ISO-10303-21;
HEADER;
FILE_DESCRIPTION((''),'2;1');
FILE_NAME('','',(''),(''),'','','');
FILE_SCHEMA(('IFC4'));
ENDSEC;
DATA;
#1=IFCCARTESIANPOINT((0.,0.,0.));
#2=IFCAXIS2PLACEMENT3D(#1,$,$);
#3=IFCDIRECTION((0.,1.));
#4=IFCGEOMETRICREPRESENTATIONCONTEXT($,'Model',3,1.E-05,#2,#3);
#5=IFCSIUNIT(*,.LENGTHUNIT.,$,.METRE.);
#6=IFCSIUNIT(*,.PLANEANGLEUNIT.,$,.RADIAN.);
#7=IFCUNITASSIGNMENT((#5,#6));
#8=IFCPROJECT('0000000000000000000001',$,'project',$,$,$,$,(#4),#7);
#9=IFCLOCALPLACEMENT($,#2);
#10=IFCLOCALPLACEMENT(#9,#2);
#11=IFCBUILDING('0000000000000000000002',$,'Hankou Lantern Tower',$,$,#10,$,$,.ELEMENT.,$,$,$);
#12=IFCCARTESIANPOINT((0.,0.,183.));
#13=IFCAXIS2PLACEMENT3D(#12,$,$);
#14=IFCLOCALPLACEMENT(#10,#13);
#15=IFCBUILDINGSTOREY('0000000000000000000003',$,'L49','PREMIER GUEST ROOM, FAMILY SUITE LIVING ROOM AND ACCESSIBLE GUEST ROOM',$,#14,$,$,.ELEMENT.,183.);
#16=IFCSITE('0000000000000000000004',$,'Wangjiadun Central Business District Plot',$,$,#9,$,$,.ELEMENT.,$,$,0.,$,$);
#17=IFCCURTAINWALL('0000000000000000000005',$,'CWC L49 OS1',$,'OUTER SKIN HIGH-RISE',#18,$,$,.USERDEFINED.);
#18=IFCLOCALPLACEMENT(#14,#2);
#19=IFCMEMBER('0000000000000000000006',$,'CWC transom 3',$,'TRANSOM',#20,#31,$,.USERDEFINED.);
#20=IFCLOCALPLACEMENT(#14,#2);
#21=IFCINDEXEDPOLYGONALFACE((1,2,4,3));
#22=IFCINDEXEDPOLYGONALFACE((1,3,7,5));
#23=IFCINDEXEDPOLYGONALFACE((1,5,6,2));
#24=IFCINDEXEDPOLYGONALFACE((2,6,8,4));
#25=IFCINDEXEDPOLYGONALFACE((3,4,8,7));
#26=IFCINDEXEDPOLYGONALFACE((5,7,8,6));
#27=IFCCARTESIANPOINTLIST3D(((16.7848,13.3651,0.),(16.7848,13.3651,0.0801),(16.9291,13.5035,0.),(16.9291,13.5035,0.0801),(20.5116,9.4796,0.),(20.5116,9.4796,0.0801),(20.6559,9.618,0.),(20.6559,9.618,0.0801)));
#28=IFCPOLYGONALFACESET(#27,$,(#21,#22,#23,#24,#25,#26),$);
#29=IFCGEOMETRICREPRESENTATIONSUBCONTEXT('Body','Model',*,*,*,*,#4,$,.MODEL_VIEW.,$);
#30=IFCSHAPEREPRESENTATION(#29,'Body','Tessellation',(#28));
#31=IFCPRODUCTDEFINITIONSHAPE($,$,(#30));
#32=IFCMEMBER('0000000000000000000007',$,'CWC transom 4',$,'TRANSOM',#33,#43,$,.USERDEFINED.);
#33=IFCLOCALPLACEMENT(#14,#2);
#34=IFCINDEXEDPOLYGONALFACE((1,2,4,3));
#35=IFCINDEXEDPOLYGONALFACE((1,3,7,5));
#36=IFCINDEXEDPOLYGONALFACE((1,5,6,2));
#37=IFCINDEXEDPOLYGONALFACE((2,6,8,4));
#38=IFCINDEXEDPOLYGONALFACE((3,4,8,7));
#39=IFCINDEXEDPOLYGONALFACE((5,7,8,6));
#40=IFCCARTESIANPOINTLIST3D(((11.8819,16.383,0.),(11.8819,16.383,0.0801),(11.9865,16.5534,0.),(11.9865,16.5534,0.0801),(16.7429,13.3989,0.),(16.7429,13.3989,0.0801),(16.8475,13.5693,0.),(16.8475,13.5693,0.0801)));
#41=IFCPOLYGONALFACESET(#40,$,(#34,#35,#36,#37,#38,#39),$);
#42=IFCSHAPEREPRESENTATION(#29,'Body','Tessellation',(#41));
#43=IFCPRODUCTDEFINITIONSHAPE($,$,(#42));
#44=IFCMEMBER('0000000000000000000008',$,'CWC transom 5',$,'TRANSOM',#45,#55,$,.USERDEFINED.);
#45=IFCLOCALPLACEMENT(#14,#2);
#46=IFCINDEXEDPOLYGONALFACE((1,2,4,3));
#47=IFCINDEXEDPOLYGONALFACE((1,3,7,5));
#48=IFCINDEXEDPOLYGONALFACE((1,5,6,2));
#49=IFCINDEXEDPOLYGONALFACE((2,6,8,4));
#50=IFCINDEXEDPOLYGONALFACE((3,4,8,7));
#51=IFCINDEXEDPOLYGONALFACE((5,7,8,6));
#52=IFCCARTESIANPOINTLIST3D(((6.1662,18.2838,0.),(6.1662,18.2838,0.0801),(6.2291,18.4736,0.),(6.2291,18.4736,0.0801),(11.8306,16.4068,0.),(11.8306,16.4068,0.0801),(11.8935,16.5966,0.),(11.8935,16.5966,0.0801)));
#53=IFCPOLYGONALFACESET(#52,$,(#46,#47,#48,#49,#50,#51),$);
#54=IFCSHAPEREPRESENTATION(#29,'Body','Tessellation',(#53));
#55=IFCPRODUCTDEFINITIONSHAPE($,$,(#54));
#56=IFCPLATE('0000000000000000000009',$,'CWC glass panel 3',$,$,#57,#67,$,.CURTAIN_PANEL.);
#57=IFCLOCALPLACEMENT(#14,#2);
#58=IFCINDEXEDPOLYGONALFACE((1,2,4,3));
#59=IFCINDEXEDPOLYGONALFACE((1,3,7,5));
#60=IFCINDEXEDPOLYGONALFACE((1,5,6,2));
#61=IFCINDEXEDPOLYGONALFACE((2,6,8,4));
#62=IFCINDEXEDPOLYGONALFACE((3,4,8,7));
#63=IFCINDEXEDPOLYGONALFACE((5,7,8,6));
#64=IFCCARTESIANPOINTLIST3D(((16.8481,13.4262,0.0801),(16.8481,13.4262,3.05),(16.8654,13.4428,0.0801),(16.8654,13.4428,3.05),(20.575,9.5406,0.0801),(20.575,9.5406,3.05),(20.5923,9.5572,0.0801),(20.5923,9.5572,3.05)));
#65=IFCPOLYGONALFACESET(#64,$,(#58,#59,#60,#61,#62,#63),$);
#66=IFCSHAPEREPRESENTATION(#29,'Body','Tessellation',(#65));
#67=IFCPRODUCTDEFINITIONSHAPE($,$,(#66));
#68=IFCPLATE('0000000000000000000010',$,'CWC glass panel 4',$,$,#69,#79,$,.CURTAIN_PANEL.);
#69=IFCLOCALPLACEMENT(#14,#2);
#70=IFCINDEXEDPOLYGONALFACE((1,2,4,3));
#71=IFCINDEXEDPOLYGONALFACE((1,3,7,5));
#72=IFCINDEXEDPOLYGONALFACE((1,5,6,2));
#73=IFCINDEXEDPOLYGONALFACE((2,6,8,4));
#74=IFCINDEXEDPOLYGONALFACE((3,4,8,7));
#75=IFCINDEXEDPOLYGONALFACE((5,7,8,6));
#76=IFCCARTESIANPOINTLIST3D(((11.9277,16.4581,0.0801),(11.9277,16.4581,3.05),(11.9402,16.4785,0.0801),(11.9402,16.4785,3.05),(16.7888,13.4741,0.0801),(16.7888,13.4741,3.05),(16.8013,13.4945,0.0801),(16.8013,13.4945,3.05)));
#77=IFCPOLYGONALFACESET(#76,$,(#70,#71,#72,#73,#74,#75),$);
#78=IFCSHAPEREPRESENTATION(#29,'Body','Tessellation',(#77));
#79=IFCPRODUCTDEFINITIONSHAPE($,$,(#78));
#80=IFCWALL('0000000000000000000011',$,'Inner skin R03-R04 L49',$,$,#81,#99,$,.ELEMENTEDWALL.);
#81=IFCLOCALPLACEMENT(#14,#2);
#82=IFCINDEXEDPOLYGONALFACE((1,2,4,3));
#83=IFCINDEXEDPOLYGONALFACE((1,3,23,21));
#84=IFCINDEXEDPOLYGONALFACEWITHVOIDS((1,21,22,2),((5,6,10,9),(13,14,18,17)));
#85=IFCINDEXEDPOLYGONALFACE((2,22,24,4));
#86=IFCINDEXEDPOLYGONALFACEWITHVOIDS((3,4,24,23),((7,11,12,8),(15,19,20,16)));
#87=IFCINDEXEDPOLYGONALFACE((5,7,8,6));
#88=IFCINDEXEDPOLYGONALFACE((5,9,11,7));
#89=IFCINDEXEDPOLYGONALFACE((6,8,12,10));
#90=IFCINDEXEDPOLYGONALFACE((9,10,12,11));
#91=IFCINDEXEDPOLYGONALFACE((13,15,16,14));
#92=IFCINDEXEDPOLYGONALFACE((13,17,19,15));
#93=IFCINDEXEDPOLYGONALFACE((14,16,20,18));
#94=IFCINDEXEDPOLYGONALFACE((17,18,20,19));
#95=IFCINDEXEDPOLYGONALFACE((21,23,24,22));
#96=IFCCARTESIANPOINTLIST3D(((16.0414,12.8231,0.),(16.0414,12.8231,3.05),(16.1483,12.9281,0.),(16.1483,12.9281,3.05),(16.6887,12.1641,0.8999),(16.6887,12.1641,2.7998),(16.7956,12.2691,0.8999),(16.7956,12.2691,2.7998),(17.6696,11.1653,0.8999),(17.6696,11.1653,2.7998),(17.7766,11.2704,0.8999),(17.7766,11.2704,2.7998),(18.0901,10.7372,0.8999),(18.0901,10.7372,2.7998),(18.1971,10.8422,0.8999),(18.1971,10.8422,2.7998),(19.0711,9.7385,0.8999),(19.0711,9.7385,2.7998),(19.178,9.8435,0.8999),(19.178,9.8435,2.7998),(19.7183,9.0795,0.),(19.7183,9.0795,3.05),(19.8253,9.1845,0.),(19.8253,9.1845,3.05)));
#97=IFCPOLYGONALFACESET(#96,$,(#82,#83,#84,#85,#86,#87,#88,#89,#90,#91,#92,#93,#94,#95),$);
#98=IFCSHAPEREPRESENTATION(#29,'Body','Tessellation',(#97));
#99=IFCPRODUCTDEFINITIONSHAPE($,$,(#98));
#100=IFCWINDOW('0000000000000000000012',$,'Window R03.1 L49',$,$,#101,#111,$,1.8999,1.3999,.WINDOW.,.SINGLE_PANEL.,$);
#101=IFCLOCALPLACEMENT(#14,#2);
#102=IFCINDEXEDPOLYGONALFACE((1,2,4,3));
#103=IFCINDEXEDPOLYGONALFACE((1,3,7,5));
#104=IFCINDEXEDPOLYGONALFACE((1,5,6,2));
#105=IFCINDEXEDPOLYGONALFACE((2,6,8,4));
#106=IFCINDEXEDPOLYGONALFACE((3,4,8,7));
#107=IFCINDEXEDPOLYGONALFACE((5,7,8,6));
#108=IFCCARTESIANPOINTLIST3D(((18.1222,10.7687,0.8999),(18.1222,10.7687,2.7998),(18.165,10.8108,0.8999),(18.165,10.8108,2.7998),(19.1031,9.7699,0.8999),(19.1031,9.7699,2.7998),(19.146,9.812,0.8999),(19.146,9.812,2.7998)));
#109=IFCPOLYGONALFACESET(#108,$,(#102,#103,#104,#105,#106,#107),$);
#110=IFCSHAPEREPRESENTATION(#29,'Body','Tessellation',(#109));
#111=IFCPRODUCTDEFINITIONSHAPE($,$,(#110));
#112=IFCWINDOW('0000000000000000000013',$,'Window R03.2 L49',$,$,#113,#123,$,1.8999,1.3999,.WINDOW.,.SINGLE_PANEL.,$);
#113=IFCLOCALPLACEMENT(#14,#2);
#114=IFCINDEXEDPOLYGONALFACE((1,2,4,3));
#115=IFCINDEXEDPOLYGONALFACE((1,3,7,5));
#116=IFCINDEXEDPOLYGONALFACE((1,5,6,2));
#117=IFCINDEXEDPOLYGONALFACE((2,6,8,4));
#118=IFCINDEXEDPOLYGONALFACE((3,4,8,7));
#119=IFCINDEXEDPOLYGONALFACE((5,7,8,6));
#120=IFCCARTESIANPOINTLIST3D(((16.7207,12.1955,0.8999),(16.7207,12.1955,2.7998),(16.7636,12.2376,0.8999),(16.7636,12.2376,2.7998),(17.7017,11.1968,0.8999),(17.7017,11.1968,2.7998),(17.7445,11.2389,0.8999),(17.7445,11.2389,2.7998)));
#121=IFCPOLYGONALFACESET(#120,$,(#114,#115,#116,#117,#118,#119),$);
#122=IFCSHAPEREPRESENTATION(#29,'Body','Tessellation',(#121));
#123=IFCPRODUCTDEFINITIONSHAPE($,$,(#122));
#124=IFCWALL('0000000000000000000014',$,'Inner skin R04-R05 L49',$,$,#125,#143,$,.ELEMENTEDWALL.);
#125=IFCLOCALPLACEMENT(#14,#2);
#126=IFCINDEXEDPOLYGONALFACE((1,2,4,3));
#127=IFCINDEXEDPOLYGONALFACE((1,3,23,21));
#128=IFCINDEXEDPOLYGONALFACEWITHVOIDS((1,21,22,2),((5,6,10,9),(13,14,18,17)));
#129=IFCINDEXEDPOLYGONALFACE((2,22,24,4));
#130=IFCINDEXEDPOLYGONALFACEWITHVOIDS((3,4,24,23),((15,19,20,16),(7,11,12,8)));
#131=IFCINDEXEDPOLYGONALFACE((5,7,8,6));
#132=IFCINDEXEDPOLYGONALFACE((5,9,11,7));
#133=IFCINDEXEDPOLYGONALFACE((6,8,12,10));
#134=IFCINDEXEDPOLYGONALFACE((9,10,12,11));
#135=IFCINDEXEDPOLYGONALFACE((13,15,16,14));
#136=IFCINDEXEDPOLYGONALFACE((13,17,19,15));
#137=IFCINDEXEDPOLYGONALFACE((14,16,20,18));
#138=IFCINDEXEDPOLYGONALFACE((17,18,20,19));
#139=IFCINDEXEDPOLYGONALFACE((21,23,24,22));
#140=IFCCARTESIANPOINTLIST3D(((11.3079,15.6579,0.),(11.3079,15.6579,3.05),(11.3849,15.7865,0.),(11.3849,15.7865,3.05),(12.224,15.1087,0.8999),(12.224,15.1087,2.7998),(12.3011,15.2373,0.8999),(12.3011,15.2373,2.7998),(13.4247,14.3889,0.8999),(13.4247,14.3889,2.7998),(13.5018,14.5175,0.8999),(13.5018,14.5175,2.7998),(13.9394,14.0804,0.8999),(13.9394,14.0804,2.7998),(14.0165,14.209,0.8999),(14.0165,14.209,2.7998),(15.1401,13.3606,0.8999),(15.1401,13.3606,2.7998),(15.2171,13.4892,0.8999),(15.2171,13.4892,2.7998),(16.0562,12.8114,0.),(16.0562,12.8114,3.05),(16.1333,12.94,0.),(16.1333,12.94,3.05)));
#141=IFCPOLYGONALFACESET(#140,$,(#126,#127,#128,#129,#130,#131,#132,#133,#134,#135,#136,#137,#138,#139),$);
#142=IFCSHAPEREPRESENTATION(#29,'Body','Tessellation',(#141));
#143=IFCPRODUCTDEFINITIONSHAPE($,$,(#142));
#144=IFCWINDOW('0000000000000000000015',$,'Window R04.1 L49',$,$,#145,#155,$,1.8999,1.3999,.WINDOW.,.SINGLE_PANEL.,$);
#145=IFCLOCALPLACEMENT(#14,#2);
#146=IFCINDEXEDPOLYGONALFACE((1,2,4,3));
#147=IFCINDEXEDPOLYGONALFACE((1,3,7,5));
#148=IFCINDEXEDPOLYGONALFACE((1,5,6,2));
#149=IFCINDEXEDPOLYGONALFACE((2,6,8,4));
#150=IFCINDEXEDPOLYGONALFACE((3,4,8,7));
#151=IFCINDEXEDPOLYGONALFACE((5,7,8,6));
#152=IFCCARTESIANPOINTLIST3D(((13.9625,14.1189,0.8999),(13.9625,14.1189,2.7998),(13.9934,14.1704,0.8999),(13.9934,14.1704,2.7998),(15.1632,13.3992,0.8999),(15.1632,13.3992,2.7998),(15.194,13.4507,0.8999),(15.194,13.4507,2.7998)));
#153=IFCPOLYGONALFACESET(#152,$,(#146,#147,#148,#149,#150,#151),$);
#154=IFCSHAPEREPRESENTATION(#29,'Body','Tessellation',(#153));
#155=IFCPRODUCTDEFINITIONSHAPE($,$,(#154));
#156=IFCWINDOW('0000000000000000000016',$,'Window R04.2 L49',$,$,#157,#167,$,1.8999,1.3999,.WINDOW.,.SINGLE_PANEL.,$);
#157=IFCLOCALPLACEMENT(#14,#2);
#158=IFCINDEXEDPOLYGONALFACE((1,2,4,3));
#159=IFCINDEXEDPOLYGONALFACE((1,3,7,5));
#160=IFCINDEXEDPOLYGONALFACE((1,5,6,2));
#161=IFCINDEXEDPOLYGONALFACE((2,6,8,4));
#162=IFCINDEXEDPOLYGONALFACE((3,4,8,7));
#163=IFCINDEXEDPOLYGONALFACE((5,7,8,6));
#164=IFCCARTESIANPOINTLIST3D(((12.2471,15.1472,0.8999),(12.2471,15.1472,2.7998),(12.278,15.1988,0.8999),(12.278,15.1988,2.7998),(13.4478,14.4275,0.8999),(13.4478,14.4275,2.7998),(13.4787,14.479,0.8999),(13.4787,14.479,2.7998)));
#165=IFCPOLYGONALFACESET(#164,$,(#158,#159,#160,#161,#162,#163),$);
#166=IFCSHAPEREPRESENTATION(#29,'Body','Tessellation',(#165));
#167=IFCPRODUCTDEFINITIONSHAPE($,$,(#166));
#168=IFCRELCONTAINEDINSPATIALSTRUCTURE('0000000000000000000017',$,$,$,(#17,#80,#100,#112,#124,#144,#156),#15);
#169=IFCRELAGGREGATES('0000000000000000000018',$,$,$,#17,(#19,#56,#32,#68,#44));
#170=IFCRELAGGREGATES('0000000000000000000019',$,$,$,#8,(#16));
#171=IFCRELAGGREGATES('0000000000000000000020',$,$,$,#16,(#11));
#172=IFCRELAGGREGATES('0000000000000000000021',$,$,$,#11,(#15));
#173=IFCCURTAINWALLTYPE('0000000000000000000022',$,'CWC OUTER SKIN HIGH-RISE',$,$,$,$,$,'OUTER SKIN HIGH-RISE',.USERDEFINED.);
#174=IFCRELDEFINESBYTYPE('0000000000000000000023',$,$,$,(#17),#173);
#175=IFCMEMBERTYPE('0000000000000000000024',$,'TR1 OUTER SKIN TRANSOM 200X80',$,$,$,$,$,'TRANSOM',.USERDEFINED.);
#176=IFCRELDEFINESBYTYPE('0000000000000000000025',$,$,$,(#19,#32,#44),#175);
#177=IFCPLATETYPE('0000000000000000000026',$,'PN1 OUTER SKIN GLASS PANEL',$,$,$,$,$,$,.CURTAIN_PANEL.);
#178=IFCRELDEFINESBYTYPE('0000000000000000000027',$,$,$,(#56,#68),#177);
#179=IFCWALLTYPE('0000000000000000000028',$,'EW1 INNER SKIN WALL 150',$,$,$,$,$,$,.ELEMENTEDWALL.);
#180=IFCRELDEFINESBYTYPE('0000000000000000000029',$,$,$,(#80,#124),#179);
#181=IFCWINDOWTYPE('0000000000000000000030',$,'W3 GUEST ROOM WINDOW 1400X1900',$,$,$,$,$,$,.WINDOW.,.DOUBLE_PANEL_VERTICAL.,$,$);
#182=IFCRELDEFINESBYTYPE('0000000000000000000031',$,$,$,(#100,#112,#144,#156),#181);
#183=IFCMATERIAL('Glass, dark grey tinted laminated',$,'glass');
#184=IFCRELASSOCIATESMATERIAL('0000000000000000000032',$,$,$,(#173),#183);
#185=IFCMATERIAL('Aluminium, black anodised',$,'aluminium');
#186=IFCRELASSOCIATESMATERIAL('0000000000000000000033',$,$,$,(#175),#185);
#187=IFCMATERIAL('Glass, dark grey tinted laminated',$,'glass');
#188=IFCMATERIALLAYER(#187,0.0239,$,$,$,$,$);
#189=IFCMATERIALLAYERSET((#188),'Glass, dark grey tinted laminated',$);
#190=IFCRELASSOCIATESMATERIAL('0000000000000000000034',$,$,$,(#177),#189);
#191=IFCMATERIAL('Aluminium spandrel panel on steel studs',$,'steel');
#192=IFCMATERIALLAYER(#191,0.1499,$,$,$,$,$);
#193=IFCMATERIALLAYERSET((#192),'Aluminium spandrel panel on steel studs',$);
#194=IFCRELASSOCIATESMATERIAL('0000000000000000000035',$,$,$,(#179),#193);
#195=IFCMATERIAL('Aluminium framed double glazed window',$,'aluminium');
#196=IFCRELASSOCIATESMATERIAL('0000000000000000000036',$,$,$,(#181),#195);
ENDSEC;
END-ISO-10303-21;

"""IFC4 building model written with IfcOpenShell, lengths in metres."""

from ifc_helpers import new_model, si_unit, direction, frame, frame_2d, origin, origin_2d, place, context, subcontext, project, spatial, rectangle, extrude, material, layer, layer_set, material_profile, profile_set, type_object, element, fill, aggregate, save


model = new_model("IFC4")

# Units and contexts
model_context = context("Model", 3, precision=1e-05, world=origin(), true_north=direction((0.0, 1.0)))
body_context = subcontext(model_context, "Body", "Model", "MODEL_VIEW")
ifc_project = project(units=[si_unit("LENGTHUNIT", "METRE"), si_unit("PLANEANGLEUNIT", "RADIAN")], contexts=[model_context])

# Site, building, storey
site_placement = place(None, origin())
site = spatial("IfcSite", under=ifc_project, at=site_placement, Name="Wangjiadun Central Business District Plot", CompositionType="ELEMENT", RefElevation=0.0)
building_placement = place(site_placement, origin())
building = spatial("IfcBuilding", under=site, at=building_placement, Name="Hankou Lantern Tower", CompositionType="ELEMENT")
storey_placement = place(building_placement, frame((0.0, 0.0, 183.0)))
storey = spatial("IfcBuildingStorey", under=building, at=storey_placement, Name="L49", Description="PREMIER GUEST ROOM, FAMILY SUITE LIVING ROOM AND ACCESSIBLE GUEST ROOM", CompositionType="ELEMENT", Elevation=183.0)

# Curtain wall
ifc_material_1 = material(Name="Glass, dark grey tinted laminated", Category="glass")
curtain_wall_type = type_object("IfcCurtainWallType", Name="CWC OUTER SKIN HIGH-RISE", ElementType="OUTER SKIN HIGH-RISE", PredefinedType="USERDEFINED", material=ifc_material_1)
curtain_wall_placement = place(storey_placement, origin())
curtain_wall = element("IfcCurtainWall", 1, at=curtain_wall_placement, inside=storey, type_object=curtain_wall_type, Name="CWC L49 OS1", ObjectType="OUTER SKIN HIGH-RISE", PredefinedType="USERDEFINED")

# Members
ifc_material_2 = material(Name="Aluminium, black anodised", Category="aluminium")
ifc_material_profile_1 = material_profile(ifc_material_2, rectangle(XDim=0.2, YDim=0.0801, at=origin_2d()), Name="TR1 200X80")
ifc_profile_set_1 = profile_set([ifc_material_profile_1], Name="Aluminium, black anodised")
member_type_1 = type_object("IfcMemberType", Name="TR1 OUTER SKIN TRANSOM 200X80", ElementType="TRANSOM", PredefinedType="USERDEFINED", material=ifc_profile_set_1)
member_1_placement = place(storey_placement, frame((20.5837, 9.5488, 0.04), z_axis=(-0.692216, 0.721691, 0.0), x_axis=(-0.721691, -0.692216, 0.0)))
member_1 = element("IfcMember", 2, at=member_1_placement, type_object=member_type_1, Name="CWC transom 3", ObjectType="TRANSOM", PredefinedType="USERDEFINED", context=body_context, shape_type="SweptSolid", body=[
    extrude(rectangle(XDim=0.2, YDim=0.0801, at=origin_2d()), origin(), (0.0, 0.0, 1.0), 5.3838),
])
member_2_placement = place(storey_placement, frame((16.7952, 13.4841, 0.04), z_axis=(-0.852229, 0.523168, 0.0), x_axis=(-0.523168, -0.852229, 0.0)))
member_2 = element("IfcMember", 3, at=member_2_placement, type_object=member_type_1, Name="CWC transom 4", ObjectType="TRANSOM", PredefinedType="USERDEFINED", context=body_context, shape_type="SweptSolid", body=[
    extrude(rectangle(XDim=0.2, YDim=0.0801, at=origin_2d()), origin(), (0.0, 0.0, 1.0), 5.7039),
])
member_3_placement = place(storey_placement, frame((11.8621, 16.5017, 0.04), z_axis=(-0.949242, 0.314546, 0.0), x_axis=(-0.314546, -0.949242, 0.0)))
member_3 = element("IfcMember", 4, at=member_3_placement, type_object=member_type_1, Name="CWC transom 5", ObjectType="TRANSOM", PredefinedType="USERDEFINED", context=body_context, shape_type="SweptSolid", body=[
    extrude(rectangle(XDim=0.2, YDim=0.0801, at=origin_2d()), origin(), (0.0, 0.0, 1.0), 5.9673),
])

# Plates
ifc_material_3 = material(Name="Glass, dark grey tinted laminated", Category="glass")
ifc_layer_1 = layer(ifc_material_3, 0.0239)
ifc_layer_set_1 = layer_set([ifc_layer_1], Name="Glass, dark grey tinted laminated")
plate_type = type_object("IfcPlateType", Name="PN1 OUTER SKIN GLASS PANEL", PredefinedType="CURTAIN_PANEL", material=ifc_layer_set_1)
plate_1_placement = place(storey_placement, frame((18.7202, 11.4917, 0.0801), z_axis=(0.0, 0.0, 1.0), x_axis=(-0.692216, 0.721691, 0.0)))
plate_1 = element("IfcPlate", 5, at=plate_1_placement, type_object=plate_type, Name="CWC glass panel 3", PredefinedType="CURTAIN_PANEL", context=body_context, shape_type="SweptSolid", body=[
    extrude(rectangle(XDim=5.384, YDim=0.0239, at=origin_2d()), origin(), (0.0, 0.0, 1.0), 2.97),
])
plate_2_placement = place(storey_placement, frame((14.3645, 14.9763, 0.0801), z_axis=(0.0, 0.0, 1.0), x_axis=(-0.852237, 0.523156, 0.0)))
plate_2 = element("IfcPlate", 6, at=plate_2_placement, type_object=plate_type, Name="CWC glass panel 4", PredefinedType="CURTAIN_PANEL", context=body_context, shape_type="SweptSolid", body=[
    extrude(rectangle(XDim=5.7039, YDim=0.0239, at=origin_2d()), origin(), (0.0, 0.0, 1.0), 2.97),
])
aggregate(curtain_wall, [member_1, plate_1, member_2, plate_2, member_3])

# Walls, openings, windows
ifc_material_4 = material(Name="Aluminium spandrel panel on steel studs", Category="steel")
ifc_layer_2 = layer(ifc_material_4, 0.1499)
ifc_layer_set_2 = layer_set([ifc_layer_2], Name="Aluminium spandrel panel on steel studs")
wall_type_1 = type_object("IfcWallType", Name="EW1 INNER SKIN WALL 150", PredefinedType="ELEMENTEDWALL", material=ifc_layer_set_2)
wall_1_placement = place(storey_placement, frame((19.7717, 9.1321, 0.0), z_axis=(0.0, 0.0, 1.0), x_axis=(-0.700727, 0.713429, 0.0)))
wall_1 = element("IfcWall", 7, at=wall_1_placement, inside=storey, type_object=wall_type_1, Name="Inner skin R03-R04 L49", PredefinedType="ELEMENTEDWALL", context=body_context, shape_type="SweptSolid", body=[
    extrude(rectangle(XDim=5.2473, YDim=0.1499, at=frame_2d((2.6235, 0.0))), origin(), (0.0, 0.0, 1.0), 3.05),
])
opening_1_placement = place(wall_1_placement, frame((0.9236, 0.0, 0.8999)))
opening_1 = element("IfcOpeningElement", 8, at=opening_1_placement, cuts=wall_1, PredefinedType="OPENING", context=body_context, shape_type="SweptSolid", body=[
    extrude(rectangle(XDim=1.3999, YDim=1.8999, at=frame_2d((0.7, 0.95))), frame((0.0, 0.085, 0.0), z_axis=(0.0, -1.0, 0.0), x_axis=(1.0, 0.0, 0.0)), (0.0, 0.0, 1.0), 0.1699),
])
opening_2_placement = place(wall_1_placement, frame((2.9236, 0.0, 0.8999)))
opening_2 = element("IfcOpeningElement", 9, at=opening_2_placement, cuts=wall_1, PredefinedType="OPENING", context=body_context, shape_type="SweptSolid", body=[
    extrude(rectangle(XDim=1.3999, YDim=1.8999, at=frame_2d((0.7, 0.95))), frame((0.0, 0.085, 0.0), z_axis=(0.0, -1.0, 0.0), x_axis=(1.0, 0.0, 0.0)), (0.0, 0.0, 1.0), 0.1699),
])
ifc_material_5 = material(Name="Aluminium framed double glazed window", Category="aluminium")
window_type = type_object("IfcWindowType", Name="W3 GUEST ROOM WINDOW 1400X1900", PartitioningType="DOUBLE_PANEL_VERTICAL", PredefinedType="WINDOW", material=ifc_material_5)
window_1_placement = place(opening_1_placement, origin())
window_1 = element("IfcWindow", 10, at=window_1_placement, inside=storey, type_object=window_type, Name="Window R03.1 L49", OverallHeight=1.8999, OverallWidth=1.3999, PartitioningType="SINGLE_PANEL", PredefinedType="WINDOW", context=body_context, shape_type="SweptSolid", body=[
    extrude(rectangle(XDim=1.3999, YDim=1.8999, at=frame_2d((0.7, 0.95))), frame((0.0, 0.03, 0.0), z_axis=(0.0, -1.0, 0.0), x_axis=(1.0, 0.0, 0.0)), (0.0, 0.0, 1.0), 0.0601),
])
fill(opening_1, window_1)
window_2_placement = place(opening_2_placement, origin())
window_2 = element("IfcWindow", 11, at=window_2_placement, inside=storey, type_object=window_type, Name="Window R03.2 L49", OverallHeight=1.8999, OverallWidth=1.3999, PartitioningType="SINGLE_PANEL", PredefinedType="WINDOW", context=body_context, shape_type="SweptSolid", body=[
    extrude(rectangle(XDim=1.3999, YDim=1.8999, at=frame_2d((0.7, 0.95))), frame((0.0, 0.03, 0.0), z_axis=(0.0, -1.0, 0.0), x_axis=(1.0, 0.0, 0.0)), (0.0, 0.0, 1.0), 0.0601),
])
fill(opening_2, window_2)
wall_2_placement = place(storey_placement, frame((16.0947, 12.8757, 0.0), z_axis=(0.0, 0.0, 1.0), x_axis=(-0.857695, 0.514158, 0.0)))
wall_2 = element("IfcWall", 12, at=wall_2_placement, inside=storey, type_object=wall_type_1, Name="Inner skin R04-R05 L49", PredefinedType="ELEMENTEDWALL", context=body_context, shape_type="SweptSolid", body=[
    extrude(rectangle(XDim=5.5361, YDim=0.1499, at=frame_2d((2.7681, 0.0))), origin(), (0.0, 0.0, 1.0), 3.05),
])
opening_3_placement = place(wall_2_placement, frame((1.0681, 0.0, 0.8999)))
opening_3 = element("IfcOpeningElement", 13, at=opening_3_placement, cuts=wall_2, PredefinedType="OPENING", context=body_context, shape_type="SweptSolid", body=[
    extrude(rectangle(XDim=1.3999, YDim=1.8999, at=frame_2d((0.7, 0.95))), frame((0.0, 0.085, 0.0), z_axis=(0.0, -1.0, 0.0), x_axis=(1.0, 0.0, 0.0)), (0.0, 0.0, 1.0), 0.1699),
])
opening_4_placement = place(wall_2_placement, frame((3.0681, 0.0, 0.8999)))
opening_4 = element("IfcOpeningElement", 14, at=opening_4_placement, cuts=wall_2, PredefinedType="OPENING", context=body_context, shape_type="SweptSolid", body=[
    extrude(rectangle(XDim=1.3999, YDim=1.8999, at=frame_2d((0.7, 0.95))), frame((0.0, 0.085, 0.0), z_axis=(0.0, -1.0, 0.0), x_axis=(1.0, 0.0, 0.0)), (0.0, 0.0, 1.0), 0.1699),
])
window_3_placement = place(opening_3_placement, origin())
window_3 = element("IfcWindow", 15, at=window_3_placement, inside=storey, type_object=window_type, Name="Window R04.1 L49", OverallHeight=1.8999, OverallWidth=1.3999, PartitioningType="SINGLE_PANEL", PredefinedType="WINDOW", context=body_context, shape_type="SweptSolid", body=[
    extrude(rectangle(XDim=1.3999, YDim=1.8999, at=frame_2d((0.7, 0.95))), frame((0.0, 0.03, 0.0), z_axis=(0.0, -1.0, 0.0), x_axis=(1.0, 0.0, 0.0)), (0.0, 0.0, 1.0), 0.0601),
])
fill(opening_3, window_3)
window_4_placement = place(opening_4_placement, origin())
window_4 = element("IfcWindow", 16, at=window_4_placement, inside=storey, type_object=window_type, Name="Window R04.2 L49", OverallHeight=1.8999, OverallWidth=1.3999, PartitioningType="SINGLE_PANEL", PredefinedType="WINDOW", context=body_context, shape_type="SweptSolid", body=[
    extrude(rectangle(XDim=1.3999, YDim=1.8999, at=frame_2d((0.7, 0.95))), frame((0.0, 0.03, 0.0), z_axis=(0.0, -1.0, 0.0), x_axis=(1.0, 0.0, 0.0)), (0.0, 0.0, 1.0), 0.0601),
])
fill(opening_4, window_4)

save(model, "model.ifc")
